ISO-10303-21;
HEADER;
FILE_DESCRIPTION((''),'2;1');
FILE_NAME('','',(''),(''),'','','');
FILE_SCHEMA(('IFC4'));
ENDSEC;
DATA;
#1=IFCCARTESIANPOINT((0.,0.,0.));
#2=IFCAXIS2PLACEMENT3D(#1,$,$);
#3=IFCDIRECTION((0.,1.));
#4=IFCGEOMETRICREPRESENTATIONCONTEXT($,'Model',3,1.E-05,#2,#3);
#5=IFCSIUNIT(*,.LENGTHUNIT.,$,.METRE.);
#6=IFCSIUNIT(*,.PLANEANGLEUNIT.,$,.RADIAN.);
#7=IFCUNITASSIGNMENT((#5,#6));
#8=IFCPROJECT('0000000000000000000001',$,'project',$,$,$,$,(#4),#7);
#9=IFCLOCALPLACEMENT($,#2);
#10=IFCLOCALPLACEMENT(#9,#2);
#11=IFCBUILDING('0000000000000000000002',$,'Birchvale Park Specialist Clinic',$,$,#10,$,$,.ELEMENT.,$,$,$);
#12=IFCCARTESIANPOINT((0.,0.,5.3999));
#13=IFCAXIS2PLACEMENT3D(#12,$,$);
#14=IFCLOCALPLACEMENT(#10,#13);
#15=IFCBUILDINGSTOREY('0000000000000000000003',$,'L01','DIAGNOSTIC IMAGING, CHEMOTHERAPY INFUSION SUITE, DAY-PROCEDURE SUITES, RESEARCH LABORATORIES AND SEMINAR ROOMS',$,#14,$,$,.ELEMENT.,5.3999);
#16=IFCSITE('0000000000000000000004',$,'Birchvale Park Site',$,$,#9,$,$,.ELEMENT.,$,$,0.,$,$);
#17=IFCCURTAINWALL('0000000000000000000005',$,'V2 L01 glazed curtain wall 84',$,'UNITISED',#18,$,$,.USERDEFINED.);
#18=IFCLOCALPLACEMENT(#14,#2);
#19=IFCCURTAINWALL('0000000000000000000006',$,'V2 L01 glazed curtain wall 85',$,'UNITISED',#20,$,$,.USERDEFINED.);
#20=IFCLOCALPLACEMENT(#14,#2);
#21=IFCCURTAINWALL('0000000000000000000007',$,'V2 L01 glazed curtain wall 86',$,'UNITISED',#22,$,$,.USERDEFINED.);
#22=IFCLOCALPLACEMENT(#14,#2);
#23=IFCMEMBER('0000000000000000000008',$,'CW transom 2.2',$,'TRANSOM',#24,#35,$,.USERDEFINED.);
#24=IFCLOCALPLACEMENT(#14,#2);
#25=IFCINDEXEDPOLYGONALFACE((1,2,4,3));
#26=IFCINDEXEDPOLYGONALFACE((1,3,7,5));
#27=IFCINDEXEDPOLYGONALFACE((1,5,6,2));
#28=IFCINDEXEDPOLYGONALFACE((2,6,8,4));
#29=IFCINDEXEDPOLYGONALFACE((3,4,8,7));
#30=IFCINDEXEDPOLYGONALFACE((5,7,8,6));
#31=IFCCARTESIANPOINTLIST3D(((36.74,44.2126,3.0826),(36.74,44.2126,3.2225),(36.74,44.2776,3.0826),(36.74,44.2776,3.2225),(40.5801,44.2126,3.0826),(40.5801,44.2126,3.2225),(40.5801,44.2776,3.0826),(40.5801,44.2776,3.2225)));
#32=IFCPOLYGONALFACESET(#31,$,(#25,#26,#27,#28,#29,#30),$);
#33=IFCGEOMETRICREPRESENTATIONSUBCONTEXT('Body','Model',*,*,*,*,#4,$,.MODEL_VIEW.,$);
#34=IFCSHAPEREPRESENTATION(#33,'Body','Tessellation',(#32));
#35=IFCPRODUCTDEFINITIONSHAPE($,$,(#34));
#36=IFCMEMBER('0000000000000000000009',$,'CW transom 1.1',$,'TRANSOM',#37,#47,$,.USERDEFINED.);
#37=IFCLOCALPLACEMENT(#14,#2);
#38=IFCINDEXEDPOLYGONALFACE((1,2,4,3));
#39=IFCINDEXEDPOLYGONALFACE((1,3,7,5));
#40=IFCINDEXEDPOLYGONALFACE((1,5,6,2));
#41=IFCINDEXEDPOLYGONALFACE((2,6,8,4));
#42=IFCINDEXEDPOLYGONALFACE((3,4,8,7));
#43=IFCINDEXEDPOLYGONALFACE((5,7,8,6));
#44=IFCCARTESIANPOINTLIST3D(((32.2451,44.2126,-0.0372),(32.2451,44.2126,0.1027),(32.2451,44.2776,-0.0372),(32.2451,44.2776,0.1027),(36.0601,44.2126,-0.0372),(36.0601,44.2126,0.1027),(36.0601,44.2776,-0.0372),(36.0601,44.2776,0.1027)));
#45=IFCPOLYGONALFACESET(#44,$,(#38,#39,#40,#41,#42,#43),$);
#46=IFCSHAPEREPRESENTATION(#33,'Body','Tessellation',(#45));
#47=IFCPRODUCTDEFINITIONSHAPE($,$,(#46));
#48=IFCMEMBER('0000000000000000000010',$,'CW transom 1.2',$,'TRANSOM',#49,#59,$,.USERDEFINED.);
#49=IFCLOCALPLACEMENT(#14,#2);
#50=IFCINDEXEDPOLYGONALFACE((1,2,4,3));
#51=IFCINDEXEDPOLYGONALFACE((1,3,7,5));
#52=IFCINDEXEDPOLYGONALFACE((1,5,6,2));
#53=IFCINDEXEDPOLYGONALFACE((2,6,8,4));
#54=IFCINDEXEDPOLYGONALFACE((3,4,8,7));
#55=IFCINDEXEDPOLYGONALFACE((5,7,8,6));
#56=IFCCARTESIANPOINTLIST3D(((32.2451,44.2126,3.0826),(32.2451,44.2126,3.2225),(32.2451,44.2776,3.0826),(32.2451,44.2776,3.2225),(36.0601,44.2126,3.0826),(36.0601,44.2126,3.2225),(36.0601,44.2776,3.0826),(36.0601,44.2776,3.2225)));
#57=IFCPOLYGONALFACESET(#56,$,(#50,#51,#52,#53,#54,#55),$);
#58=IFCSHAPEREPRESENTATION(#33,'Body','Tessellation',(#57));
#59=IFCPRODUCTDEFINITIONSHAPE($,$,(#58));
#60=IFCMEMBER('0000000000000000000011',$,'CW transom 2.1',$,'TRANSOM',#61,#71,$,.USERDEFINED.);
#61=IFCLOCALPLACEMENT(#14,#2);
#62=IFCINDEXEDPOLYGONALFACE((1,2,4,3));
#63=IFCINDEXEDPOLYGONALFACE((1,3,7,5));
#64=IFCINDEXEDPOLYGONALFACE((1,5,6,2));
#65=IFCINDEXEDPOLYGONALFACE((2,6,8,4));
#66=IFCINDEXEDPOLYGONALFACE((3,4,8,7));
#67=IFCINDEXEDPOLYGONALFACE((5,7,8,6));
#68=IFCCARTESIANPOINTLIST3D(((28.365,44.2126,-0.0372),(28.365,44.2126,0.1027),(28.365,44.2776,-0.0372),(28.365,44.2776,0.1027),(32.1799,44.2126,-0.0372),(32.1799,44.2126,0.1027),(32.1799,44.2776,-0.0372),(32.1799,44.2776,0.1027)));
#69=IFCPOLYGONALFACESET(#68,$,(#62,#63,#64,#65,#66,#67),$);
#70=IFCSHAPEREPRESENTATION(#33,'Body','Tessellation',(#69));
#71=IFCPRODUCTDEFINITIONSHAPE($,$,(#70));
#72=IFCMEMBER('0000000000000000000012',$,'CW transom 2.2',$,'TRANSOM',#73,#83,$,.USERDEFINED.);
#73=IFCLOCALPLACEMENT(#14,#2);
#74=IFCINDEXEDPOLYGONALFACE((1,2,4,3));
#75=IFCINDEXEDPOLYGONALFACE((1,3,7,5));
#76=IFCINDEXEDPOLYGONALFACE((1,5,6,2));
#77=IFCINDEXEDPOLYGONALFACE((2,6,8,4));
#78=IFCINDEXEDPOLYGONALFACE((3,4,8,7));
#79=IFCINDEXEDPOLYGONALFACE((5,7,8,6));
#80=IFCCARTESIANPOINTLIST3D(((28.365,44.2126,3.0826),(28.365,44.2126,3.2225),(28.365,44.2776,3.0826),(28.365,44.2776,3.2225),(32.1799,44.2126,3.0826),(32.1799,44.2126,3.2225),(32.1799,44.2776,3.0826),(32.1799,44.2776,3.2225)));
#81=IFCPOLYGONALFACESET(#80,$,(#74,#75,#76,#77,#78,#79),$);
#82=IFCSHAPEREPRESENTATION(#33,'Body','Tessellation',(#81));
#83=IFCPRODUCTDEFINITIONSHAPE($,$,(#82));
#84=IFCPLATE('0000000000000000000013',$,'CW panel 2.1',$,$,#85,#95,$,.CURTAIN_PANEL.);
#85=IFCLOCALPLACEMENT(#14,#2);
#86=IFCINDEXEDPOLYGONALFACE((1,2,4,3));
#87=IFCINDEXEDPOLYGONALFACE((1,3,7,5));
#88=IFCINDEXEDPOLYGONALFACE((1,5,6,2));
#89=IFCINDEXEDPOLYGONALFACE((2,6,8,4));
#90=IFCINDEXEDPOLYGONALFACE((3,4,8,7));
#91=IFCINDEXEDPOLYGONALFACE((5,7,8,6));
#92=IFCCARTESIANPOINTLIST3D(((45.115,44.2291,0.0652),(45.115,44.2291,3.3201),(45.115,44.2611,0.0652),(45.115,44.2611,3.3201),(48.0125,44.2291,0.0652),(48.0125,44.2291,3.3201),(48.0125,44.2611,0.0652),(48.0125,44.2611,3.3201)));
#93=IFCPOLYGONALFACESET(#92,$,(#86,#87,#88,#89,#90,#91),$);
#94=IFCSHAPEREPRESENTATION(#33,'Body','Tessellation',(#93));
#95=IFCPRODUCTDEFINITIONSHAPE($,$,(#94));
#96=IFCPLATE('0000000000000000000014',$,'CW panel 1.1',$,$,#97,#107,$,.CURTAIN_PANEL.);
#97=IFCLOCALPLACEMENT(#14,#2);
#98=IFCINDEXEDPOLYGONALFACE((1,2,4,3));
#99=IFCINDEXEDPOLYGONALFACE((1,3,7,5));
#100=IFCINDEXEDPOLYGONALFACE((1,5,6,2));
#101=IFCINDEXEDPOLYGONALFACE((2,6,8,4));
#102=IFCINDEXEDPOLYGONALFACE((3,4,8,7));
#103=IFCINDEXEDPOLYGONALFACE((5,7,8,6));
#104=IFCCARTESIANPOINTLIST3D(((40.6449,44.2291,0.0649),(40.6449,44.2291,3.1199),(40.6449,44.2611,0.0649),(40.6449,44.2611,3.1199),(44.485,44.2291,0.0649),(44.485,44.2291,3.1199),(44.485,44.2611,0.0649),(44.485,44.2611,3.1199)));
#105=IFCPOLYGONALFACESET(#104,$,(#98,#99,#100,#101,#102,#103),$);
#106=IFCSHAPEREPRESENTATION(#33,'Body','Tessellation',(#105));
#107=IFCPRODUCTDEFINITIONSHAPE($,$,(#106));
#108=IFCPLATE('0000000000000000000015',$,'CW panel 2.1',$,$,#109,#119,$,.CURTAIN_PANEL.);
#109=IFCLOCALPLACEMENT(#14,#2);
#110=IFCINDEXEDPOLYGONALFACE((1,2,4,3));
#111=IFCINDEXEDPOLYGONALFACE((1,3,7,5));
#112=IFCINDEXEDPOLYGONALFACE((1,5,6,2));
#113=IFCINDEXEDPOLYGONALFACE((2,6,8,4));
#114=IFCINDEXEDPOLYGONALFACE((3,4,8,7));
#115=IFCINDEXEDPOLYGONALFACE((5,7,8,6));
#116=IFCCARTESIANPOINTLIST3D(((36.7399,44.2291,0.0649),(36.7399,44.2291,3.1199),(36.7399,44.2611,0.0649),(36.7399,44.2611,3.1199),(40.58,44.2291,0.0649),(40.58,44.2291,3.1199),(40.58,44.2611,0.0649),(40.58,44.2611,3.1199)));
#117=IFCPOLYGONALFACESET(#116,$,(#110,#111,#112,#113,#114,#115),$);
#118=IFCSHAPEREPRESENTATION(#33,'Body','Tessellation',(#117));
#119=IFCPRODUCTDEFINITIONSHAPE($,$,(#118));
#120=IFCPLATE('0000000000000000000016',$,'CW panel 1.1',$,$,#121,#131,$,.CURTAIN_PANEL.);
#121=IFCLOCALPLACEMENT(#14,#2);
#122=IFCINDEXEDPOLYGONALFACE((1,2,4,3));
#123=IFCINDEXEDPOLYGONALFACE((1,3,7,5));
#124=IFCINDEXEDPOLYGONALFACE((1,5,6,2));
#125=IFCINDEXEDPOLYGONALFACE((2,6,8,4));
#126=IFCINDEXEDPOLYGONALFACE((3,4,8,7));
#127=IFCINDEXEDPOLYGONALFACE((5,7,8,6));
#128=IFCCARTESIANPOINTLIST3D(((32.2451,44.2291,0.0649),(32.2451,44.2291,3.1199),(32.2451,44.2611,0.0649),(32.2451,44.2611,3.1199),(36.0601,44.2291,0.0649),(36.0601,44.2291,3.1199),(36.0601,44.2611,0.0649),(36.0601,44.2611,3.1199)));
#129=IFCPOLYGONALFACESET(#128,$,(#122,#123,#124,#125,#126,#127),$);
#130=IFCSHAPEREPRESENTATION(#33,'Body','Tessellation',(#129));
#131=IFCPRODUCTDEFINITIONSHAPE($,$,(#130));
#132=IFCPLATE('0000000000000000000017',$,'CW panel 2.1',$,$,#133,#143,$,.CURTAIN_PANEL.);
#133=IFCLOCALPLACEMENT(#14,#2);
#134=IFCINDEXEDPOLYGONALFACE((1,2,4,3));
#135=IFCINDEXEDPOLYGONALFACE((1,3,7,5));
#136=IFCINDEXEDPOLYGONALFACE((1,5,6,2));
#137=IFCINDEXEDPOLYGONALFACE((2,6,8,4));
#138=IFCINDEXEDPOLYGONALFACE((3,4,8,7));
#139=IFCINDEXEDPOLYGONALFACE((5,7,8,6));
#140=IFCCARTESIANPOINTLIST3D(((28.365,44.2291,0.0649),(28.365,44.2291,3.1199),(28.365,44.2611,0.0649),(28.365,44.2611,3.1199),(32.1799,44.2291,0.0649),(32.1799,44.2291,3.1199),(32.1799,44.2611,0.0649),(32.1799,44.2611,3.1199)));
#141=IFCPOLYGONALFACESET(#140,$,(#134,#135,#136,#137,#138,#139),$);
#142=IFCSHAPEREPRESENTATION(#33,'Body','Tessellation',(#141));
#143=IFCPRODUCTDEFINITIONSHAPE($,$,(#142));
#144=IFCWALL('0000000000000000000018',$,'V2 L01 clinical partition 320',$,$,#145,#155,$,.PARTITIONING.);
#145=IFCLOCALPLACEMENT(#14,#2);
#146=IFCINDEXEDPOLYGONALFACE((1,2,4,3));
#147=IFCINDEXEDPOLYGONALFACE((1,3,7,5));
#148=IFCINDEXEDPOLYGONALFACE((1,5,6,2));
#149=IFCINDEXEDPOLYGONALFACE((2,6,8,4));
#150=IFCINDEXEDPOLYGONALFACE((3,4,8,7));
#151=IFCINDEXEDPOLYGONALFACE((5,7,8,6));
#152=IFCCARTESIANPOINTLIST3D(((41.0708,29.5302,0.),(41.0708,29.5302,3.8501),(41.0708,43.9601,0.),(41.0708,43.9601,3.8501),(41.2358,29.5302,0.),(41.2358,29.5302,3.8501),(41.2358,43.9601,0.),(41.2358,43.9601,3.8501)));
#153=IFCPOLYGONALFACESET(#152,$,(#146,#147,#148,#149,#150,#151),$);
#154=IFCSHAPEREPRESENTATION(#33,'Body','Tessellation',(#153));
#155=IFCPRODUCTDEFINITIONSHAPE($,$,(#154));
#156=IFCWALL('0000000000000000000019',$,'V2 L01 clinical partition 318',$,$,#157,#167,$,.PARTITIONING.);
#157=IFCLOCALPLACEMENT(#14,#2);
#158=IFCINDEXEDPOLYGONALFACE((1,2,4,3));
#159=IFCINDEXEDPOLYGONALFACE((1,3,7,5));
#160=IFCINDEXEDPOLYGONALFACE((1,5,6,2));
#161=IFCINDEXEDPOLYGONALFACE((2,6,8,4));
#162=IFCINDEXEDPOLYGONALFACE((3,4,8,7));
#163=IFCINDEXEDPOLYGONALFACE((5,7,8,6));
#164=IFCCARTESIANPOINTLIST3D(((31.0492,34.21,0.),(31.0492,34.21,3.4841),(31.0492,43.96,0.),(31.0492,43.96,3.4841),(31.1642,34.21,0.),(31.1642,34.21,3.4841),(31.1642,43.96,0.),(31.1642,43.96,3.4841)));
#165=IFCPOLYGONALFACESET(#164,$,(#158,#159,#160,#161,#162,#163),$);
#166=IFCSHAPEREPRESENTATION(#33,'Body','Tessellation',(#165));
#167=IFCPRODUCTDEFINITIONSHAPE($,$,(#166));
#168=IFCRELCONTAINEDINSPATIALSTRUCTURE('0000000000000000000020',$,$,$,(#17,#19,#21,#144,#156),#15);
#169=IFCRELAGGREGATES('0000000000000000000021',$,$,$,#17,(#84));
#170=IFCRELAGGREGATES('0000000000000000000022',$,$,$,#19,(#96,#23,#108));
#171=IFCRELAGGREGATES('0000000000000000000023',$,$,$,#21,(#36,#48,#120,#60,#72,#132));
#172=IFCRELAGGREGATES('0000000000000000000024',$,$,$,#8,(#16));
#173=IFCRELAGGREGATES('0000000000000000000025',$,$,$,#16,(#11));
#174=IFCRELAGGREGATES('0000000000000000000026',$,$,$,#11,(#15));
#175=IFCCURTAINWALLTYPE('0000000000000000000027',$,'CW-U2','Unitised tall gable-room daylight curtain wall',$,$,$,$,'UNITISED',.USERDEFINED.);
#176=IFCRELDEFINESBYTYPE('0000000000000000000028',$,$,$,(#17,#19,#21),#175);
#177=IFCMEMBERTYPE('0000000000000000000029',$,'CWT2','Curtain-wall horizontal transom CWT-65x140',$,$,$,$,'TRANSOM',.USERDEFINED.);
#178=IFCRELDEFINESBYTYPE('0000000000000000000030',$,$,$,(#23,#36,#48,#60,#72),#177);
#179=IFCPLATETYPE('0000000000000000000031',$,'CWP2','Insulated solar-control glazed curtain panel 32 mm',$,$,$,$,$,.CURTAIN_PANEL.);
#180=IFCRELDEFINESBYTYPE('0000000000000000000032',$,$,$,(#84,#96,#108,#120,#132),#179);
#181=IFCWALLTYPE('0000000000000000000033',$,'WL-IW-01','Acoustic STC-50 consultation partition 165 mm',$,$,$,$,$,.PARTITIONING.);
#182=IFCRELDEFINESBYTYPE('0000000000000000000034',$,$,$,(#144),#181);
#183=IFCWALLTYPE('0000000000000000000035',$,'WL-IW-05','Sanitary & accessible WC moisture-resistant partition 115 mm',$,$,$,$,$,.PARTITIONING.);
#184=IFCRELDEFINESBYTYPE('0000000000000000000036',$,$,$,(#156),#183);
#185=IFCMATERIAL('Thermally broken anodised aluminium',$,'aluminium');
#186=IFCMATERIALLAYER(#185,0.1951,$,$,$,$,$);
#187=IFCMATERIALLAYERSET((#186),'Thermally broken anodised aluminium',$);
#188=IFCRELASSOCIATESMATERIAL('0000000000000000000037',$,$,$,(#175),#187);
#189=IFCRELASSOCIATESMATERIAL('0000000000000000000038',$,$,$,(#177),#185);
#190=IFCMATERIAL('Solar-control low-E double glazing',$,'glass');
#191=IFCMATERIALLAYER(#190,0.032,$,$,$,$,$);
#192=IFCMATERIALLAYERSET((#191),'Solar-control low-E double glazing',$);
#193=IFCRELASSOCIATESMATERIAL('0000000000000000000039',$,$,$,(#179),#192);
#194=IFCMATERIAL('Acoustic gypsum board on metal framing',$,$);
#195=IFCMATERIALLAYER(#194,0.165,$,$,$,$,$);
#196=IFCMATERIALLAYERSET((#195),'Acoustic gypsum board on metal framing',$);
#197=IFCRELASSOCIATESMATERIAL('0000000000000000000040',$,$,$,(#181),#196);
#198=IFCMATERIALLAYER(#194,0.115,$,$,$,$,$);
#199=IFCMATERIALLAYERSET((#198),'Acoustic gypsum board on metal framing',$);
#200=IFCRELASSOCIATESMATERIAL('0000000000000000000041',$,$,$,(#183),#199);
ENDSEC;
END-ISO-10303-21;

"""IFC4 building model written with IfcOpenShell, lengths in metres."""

from ifc_helpers import new_model, si_unit, direction, frame, frame_2d, origin, origin_2d, place, context, subcontext, project, spatial, rectangle, extrude, material, layer, layer_set, material_profile, profile_set, type_object, element, aggregate, save


model = new_model("IFC4")

# Units and contexts
model_context = context("Model", 3, precision=1e-05, world=origin(), true_north=direction((0.0, 1.0)))
body_context = subcontext(model_context, "Body", "Model", "MODEL_VIEW")
ifc_project = project(units=[si_unit("LENGTHUNIT", "METRE"), si_unit("PLANEANGLEUNIT", "RADIAN")], contexts=[model_context])

# Site, building, storey
site_placement = place(None, origin())
site = spatial("IfcSite", under=ifc_project, at=site_placement, Name="Birchvale Park Site", CompositionType="ELEMENT", RefElevation=0.0)
building_placement = place(site_placement, origin())
building = spatial("IfcBuilding", under=site, at=building_placement, Name="Birchvale Park Specialist Clinic", CompositionType="ELEMENT")
storey_placement = place(building_placement, frame((0.0, 0.0, 5.3999)))
storey = spatial("IfcBuildingStorey", under=building, at=storey_placement, Name="L01", Description="DIAGNOSTIC IMAGING, CHEMOTHERAPY INFUSION SUITE, DAY-PROCEDURE SUITES, RESEARCH LABORATORIES AND SEMINAR ROOMS", CompositionType="ELEMENT", Elevation=5.3999)

# Curtain wall
ifc_material_1 = material(Name="Thermally broken anodised aluminium", Category="aluminium")
ifc_layer_1 = layer(ifc_material_1, 0.1951)
ifc_layer_set_1 = layer_set([ifc_layer_1], Name="Thermally broken anodised aluminium")
curtain_wall_type = type_object("IfcCurtainWallType", Name="CW-U2", Description="Unitised tall gable-room daylight curtain wall", ElementType="UNITISED", PredefinedType="USERDEFINED", material=ifc_layer_set_1)
curtain_wall_1_placement = place(storey_placement, origin())
curtain_wall_1 = element("IfcCurtainWall", 1, at=curtain_wall_1_placement, inside=storey, type_object=curtain_wall_type, Name="V2 L01 glazed curtain wall 84", ObjectType="UNITISED", PredefinedType="USERDEFINED")

# Curtain walls
curtain_wall_2_placement = place(storey_placement, origin())
curtain_wall_2 = element("IfcCurtainWall", 2, at=curtain_wall_2_placement, inside=storey, type_object=curtain_wall_type, Name="V2 L01 glazed curtain wall 85", ObjectType="UNITISED", PredefinedType="USERDEFINED")
curtain_wall_3_placement = place(storey_placement, origin())
curtain_wall_3 = element("IfcCurtainWall", 3, at=curtain_wall_3_placement, inside=storey, type_object=curtain_wall_type, Name="V2 L01 glazed curtain wall 86", ObjectType="UNITISED", PredefinedType="USERDEFINED")

# Members
ifc_material_profile_1 = material_profile(ifc_material_1, rectangle(XDim=0.0649, YDim=0.1399, at=origin_2d()), Name="CWT-65x140")
ifc_profile_set_1 = profile_set([ifc_material_profile_1], Name="Thermally broken anodised aluminium")
member_type_1 = type_object("IfcMemberType", Name="CWT2", Description="Curtain-wall horizontal transom CWT-65x140", ElementType="TRANSOM", PredefinedType="USERDEFINED", material=ifc_profile_set_1)
member_1_placement = place(storey_placement, frame((40.5801, 44.2451, 3.1526), z_axis=(-1.0, 0.0, 0.0), x_axis=(0.0, -1.0, 0.0)))
member_1 = element("IfcMember", 4, at=member_1_placement, type_object=member_type_1, Name="CW transom 2.2", ObjectType="TRANSOM", PredefinedType="USERDEFINED", context=body_context, shape_type="SweptSolid", body=[
    extrude(rectangle(XDim=0.0649, YDim=0.1399, at=origin_2d()), origin(), (0.0, 0.0, 1.0), 3.8401),
])
member_2_placement = place(storey_placement, frame((36.0601, 44.2451, 0.0327), z_axis=(-1.0, 0.0, 0.0), x_axis=(0.0, -1.0, 0.0)))
member_2 = element("IfcMember", 5, at=member_2_placement, type_object=member_type_1, Name="CW transom 1.1", ObjectType="TRANSOM", PredefinedType="USERDEFINED", context=body_context, shape_type="SweptSolid", body=[
    extrude(rectangle(XDim=0.0649, YDim=0.1399, at=origin_2d()), origin(), (0.0, 0.0, 1.0), 3.8149),
])
member_3_placement = place(storey_placement, frame((36.0601, 44.2451, 3.1526), z_axis=(-1.0, 0.0, 0.0), x_axis=(0.0, -1.0, 0.0)))
member_3 = element("IfcMember", 6, at=member_3_placement, type_object=member_type_1, Name="CW transom 1.2", ObjectType="TRANSOM", PredefinedType="USERDEFINED", context=body_context, shape_type="SweptSolid", body=[
    extrude(rectangle(XDim=0.0649, YDim=0.1399, at=origin_2d()), origin(), (0.0, 0.0, 1.0), 3.8149),
])
member_4_placement = place(storey_placement, frame((32.1799, 44.2451, 0.0327), z_axis=(-1.0, 0.0, 0.0), x_axis=(0.0, -1.0, 0.0)))
member_4 = element("IfcMember", 7, at=member_4_placement, type_object=member_type_1, Name="CW transom 2.1", ObjectType="TRANSOM", PredefinedType="USERDEFINED", context=body_context, shape_type="SweptSolid", body=[
    extrude(rectangle(XDim=0.0649, YDim=0.1399, at=origin_2d()), origin(), (0.0, 0.0, 1.0), 3.8149),
])
member_5_placement = place(storey_placement, frame((32.1799, 44.2451, 3.1526), z_axis=(-1.0, 0.0, 0.0), x_axis=(0.0, -1.0, 0.0)))
member_5 = element("IfcMember", 8, at=member_5_placement, type_object=member_type_1, Name="CW transom 2.2", ObjectType="TRANSOM", PredefinedType="USERDEFINED", context=body_context, shape_type="SweptSolid", body=[
    extrude(rectangle(XDim=0.0649, YDim=0.1399, at=origin_2d()), origin(), (0.0, 0.0, 1.0), 3.8149),
])

# Plates
ifc_material_2 = material(Name="Solar-control low-E double glazing", Category="glass")
ifc_layer_2 = layer(ifc_material_2, 0.032)
ifc_layer_set_2 = layer_set([ifc_layer_2], Name="Solar-control low-E double glazing")
plate_type = type_object("IfcPlateType", Name="CWP2", Description="Insulated solar-control glazed curtain panel 32 mm", PredefinedType="CURTAIN_PANEL", material=ifc_layer_set_2)
plate_1_placement = place(storey_placement, frame((46.5637, 44.2451, 0.0652), z_axis=(0.0, 0.0, 1.0), x_axis=(-1.0, 0.0, 0.0)))
plate_1 = element("IfcPlate", 9, at=plate_1_placement, type_object=plate_type, Name="CW panel 2.1", PredefinedType="CURTAIN_PANEL", context=body_context, shape_type="SweptSolid", body=[
    extrude(rectangle(XDim=2.8975, YDim=0.032, at=origin_2d()), origin(), (0.0, 0.0, 1.0), 3.2549),
])
aggregate(curtain_wall_1, [plate_1])
plate_2_placement = place(storey_placement, frame((42.5649, 44.2451, 0.0649), z_axis=(0.0, 0.0, 1.0), x_axis=(-1.0, 0.0, 0.0)))
plate_2 = element("IfcPlate", 10, at=plate_2_placement, type_object=plate_type, Name="CW panel 1.1", PredefinedType="CURTAIN_PANEL", context=body_context, shape_type="SweptSolid", body=[
    extrude(rectangle(XDim=3.8401, YDim=0.032, at=origin_2d()), origin(), (0.0, 0.0, 1.0), 3.0549),
])
plate_3_placement = place(storey_placement, frame((38.6599, 44.2451, 0.0649), z_axis=(0.0, 0.0, 1.0), x_axis=(-1.0, 0.0, 0.0)))
plate_3 = element("IfcPlate", 11, at=plate_3_placement, type_object=plate_type, Name="CW panel 2.1", PredefinedType="CURTAIN_PANEL", context=body_context, shape_type="SweptSolid", body=[
    extrude(rectangle(XDim=3.8401, YDim=0.032, at=origin_2d()), origin(), (0.0, 0.0, 1.0), 3.0549),
])
aggregate(curtain_wall_2, [plate_2, member_1, plate_3])
plate_4_placement = place(storey_placement, frame((34.1526, 44.2451, 0.0649), z_axis=(0.0, 0.0, 1.0), x_axis=(-1.0, 0.0, 0.0)))
plate_4 = element("IfcPlate", 12, at=plate_4_placement, type_object=plate_type, Name="CW panel 1.1", PredefinedType="CURTAIN_PANEL", context=body_context, shape_type="SweptSolid", body=[
    extrude(rectangle(XDim=3.8149, YDim=0.032, at=origin_2d()), origin(), (0.0, 0.0, 1.0), 3.0549),
])
plate_5_placement = place(storey_placement, frame((30.2725, 44.2451, 0.0649), z_axis=(0.0, 0.0, 1.0), x_axis=(-1.0, 0.0, 0.0)))
plate_5 = element("IfcPlate", 13, at=plate_5_placement, type_object=plate_type, Name="CW panel 2.1", PredefinedType="CURTAIN_PANEL", context=body_context, shape_type="SweptSolid", body=[
    extrude(rectangle(XDim=3.8149, YDim=0.032, at=origin_2d()), origin(), (0.0, 0.0, 1.0), 3.0549),
])
aggregate(curtain_wall_3, [member_2, member_3, plate_4, member_4, member_5, plate_5])

# Walls
ifc_material_3 = material(Name="Acoustic gypsum board on metal framing")
ifc_layer_3 = layer(ifc_material_3, 0.165)
ifc_layer_set_3 = layer_set([ifc_layer_3], Name="Acoustic gypsum board on metal framing")
wall_type_1 = type_object("IfcWallType", Name="WL-IW-01", Description="Acoustic STC-50 consultation partition 165 mm", PredefinedType="PARTITIONING", material=ifc_layer_set_3)
wall_1_placement = place(storey_placement, frame((41.1533, 43.96, 0.0), z_axis=(0.0, 0.0, 1.0), x_axis=(0.0, -1.0, 0.0)))
element("IfcWall", 14, at=wall_1_placement, inside=storey, type_object=wall_type_1, Name="V2 L01 clinical partition 320", PredefinedType="PARTITIONING", context=body_context, shape_type="SweptSolid", body=[
    extrude(rectangle(XDim=14.4299, YDim=0.165, at=frame_2d((7.2148, 0.0))), origin(), (0.0, 0.0, 1.0), 3.8501),
])
ifc_layer_4 = layer(ifc_material_3, 0.115)
ifc_layer_set_4 = layer_set([ifc_layer_4], Name="Acoustic gypsum board on metal framing")
wall_type_2 = type_object("IfcWallType", Name="WL-IW-05", Description="Sanitary & accessible WC moisture-resistant partition 115 mm", PredefinedType="PARTITIONING", material=ifc_layer_set_4)
wall_2_placement = place(storey_placement, frame((31.1067, 43.96, 0.0), z_axis=(0.0, 0.0, 1.0), x_axis=(0.0, -1.0, 0.0)))
element("IfcWall", 15, at=wall_2_placement, inside=storey, type_object=wall_type_2, Name="V2 L01 clinical partition 318", PredefinedType="PARTITIONING", context=body_context, shape_type="SweptSolid", body=[
    extrude(rectangle(XDim=9.75, YDim=0.115, at=frame_2d((4.875, 0.0))), origin(), (0.0, 0.0, 1.0), 3.4841),
])

save(model, "model.ifc")
